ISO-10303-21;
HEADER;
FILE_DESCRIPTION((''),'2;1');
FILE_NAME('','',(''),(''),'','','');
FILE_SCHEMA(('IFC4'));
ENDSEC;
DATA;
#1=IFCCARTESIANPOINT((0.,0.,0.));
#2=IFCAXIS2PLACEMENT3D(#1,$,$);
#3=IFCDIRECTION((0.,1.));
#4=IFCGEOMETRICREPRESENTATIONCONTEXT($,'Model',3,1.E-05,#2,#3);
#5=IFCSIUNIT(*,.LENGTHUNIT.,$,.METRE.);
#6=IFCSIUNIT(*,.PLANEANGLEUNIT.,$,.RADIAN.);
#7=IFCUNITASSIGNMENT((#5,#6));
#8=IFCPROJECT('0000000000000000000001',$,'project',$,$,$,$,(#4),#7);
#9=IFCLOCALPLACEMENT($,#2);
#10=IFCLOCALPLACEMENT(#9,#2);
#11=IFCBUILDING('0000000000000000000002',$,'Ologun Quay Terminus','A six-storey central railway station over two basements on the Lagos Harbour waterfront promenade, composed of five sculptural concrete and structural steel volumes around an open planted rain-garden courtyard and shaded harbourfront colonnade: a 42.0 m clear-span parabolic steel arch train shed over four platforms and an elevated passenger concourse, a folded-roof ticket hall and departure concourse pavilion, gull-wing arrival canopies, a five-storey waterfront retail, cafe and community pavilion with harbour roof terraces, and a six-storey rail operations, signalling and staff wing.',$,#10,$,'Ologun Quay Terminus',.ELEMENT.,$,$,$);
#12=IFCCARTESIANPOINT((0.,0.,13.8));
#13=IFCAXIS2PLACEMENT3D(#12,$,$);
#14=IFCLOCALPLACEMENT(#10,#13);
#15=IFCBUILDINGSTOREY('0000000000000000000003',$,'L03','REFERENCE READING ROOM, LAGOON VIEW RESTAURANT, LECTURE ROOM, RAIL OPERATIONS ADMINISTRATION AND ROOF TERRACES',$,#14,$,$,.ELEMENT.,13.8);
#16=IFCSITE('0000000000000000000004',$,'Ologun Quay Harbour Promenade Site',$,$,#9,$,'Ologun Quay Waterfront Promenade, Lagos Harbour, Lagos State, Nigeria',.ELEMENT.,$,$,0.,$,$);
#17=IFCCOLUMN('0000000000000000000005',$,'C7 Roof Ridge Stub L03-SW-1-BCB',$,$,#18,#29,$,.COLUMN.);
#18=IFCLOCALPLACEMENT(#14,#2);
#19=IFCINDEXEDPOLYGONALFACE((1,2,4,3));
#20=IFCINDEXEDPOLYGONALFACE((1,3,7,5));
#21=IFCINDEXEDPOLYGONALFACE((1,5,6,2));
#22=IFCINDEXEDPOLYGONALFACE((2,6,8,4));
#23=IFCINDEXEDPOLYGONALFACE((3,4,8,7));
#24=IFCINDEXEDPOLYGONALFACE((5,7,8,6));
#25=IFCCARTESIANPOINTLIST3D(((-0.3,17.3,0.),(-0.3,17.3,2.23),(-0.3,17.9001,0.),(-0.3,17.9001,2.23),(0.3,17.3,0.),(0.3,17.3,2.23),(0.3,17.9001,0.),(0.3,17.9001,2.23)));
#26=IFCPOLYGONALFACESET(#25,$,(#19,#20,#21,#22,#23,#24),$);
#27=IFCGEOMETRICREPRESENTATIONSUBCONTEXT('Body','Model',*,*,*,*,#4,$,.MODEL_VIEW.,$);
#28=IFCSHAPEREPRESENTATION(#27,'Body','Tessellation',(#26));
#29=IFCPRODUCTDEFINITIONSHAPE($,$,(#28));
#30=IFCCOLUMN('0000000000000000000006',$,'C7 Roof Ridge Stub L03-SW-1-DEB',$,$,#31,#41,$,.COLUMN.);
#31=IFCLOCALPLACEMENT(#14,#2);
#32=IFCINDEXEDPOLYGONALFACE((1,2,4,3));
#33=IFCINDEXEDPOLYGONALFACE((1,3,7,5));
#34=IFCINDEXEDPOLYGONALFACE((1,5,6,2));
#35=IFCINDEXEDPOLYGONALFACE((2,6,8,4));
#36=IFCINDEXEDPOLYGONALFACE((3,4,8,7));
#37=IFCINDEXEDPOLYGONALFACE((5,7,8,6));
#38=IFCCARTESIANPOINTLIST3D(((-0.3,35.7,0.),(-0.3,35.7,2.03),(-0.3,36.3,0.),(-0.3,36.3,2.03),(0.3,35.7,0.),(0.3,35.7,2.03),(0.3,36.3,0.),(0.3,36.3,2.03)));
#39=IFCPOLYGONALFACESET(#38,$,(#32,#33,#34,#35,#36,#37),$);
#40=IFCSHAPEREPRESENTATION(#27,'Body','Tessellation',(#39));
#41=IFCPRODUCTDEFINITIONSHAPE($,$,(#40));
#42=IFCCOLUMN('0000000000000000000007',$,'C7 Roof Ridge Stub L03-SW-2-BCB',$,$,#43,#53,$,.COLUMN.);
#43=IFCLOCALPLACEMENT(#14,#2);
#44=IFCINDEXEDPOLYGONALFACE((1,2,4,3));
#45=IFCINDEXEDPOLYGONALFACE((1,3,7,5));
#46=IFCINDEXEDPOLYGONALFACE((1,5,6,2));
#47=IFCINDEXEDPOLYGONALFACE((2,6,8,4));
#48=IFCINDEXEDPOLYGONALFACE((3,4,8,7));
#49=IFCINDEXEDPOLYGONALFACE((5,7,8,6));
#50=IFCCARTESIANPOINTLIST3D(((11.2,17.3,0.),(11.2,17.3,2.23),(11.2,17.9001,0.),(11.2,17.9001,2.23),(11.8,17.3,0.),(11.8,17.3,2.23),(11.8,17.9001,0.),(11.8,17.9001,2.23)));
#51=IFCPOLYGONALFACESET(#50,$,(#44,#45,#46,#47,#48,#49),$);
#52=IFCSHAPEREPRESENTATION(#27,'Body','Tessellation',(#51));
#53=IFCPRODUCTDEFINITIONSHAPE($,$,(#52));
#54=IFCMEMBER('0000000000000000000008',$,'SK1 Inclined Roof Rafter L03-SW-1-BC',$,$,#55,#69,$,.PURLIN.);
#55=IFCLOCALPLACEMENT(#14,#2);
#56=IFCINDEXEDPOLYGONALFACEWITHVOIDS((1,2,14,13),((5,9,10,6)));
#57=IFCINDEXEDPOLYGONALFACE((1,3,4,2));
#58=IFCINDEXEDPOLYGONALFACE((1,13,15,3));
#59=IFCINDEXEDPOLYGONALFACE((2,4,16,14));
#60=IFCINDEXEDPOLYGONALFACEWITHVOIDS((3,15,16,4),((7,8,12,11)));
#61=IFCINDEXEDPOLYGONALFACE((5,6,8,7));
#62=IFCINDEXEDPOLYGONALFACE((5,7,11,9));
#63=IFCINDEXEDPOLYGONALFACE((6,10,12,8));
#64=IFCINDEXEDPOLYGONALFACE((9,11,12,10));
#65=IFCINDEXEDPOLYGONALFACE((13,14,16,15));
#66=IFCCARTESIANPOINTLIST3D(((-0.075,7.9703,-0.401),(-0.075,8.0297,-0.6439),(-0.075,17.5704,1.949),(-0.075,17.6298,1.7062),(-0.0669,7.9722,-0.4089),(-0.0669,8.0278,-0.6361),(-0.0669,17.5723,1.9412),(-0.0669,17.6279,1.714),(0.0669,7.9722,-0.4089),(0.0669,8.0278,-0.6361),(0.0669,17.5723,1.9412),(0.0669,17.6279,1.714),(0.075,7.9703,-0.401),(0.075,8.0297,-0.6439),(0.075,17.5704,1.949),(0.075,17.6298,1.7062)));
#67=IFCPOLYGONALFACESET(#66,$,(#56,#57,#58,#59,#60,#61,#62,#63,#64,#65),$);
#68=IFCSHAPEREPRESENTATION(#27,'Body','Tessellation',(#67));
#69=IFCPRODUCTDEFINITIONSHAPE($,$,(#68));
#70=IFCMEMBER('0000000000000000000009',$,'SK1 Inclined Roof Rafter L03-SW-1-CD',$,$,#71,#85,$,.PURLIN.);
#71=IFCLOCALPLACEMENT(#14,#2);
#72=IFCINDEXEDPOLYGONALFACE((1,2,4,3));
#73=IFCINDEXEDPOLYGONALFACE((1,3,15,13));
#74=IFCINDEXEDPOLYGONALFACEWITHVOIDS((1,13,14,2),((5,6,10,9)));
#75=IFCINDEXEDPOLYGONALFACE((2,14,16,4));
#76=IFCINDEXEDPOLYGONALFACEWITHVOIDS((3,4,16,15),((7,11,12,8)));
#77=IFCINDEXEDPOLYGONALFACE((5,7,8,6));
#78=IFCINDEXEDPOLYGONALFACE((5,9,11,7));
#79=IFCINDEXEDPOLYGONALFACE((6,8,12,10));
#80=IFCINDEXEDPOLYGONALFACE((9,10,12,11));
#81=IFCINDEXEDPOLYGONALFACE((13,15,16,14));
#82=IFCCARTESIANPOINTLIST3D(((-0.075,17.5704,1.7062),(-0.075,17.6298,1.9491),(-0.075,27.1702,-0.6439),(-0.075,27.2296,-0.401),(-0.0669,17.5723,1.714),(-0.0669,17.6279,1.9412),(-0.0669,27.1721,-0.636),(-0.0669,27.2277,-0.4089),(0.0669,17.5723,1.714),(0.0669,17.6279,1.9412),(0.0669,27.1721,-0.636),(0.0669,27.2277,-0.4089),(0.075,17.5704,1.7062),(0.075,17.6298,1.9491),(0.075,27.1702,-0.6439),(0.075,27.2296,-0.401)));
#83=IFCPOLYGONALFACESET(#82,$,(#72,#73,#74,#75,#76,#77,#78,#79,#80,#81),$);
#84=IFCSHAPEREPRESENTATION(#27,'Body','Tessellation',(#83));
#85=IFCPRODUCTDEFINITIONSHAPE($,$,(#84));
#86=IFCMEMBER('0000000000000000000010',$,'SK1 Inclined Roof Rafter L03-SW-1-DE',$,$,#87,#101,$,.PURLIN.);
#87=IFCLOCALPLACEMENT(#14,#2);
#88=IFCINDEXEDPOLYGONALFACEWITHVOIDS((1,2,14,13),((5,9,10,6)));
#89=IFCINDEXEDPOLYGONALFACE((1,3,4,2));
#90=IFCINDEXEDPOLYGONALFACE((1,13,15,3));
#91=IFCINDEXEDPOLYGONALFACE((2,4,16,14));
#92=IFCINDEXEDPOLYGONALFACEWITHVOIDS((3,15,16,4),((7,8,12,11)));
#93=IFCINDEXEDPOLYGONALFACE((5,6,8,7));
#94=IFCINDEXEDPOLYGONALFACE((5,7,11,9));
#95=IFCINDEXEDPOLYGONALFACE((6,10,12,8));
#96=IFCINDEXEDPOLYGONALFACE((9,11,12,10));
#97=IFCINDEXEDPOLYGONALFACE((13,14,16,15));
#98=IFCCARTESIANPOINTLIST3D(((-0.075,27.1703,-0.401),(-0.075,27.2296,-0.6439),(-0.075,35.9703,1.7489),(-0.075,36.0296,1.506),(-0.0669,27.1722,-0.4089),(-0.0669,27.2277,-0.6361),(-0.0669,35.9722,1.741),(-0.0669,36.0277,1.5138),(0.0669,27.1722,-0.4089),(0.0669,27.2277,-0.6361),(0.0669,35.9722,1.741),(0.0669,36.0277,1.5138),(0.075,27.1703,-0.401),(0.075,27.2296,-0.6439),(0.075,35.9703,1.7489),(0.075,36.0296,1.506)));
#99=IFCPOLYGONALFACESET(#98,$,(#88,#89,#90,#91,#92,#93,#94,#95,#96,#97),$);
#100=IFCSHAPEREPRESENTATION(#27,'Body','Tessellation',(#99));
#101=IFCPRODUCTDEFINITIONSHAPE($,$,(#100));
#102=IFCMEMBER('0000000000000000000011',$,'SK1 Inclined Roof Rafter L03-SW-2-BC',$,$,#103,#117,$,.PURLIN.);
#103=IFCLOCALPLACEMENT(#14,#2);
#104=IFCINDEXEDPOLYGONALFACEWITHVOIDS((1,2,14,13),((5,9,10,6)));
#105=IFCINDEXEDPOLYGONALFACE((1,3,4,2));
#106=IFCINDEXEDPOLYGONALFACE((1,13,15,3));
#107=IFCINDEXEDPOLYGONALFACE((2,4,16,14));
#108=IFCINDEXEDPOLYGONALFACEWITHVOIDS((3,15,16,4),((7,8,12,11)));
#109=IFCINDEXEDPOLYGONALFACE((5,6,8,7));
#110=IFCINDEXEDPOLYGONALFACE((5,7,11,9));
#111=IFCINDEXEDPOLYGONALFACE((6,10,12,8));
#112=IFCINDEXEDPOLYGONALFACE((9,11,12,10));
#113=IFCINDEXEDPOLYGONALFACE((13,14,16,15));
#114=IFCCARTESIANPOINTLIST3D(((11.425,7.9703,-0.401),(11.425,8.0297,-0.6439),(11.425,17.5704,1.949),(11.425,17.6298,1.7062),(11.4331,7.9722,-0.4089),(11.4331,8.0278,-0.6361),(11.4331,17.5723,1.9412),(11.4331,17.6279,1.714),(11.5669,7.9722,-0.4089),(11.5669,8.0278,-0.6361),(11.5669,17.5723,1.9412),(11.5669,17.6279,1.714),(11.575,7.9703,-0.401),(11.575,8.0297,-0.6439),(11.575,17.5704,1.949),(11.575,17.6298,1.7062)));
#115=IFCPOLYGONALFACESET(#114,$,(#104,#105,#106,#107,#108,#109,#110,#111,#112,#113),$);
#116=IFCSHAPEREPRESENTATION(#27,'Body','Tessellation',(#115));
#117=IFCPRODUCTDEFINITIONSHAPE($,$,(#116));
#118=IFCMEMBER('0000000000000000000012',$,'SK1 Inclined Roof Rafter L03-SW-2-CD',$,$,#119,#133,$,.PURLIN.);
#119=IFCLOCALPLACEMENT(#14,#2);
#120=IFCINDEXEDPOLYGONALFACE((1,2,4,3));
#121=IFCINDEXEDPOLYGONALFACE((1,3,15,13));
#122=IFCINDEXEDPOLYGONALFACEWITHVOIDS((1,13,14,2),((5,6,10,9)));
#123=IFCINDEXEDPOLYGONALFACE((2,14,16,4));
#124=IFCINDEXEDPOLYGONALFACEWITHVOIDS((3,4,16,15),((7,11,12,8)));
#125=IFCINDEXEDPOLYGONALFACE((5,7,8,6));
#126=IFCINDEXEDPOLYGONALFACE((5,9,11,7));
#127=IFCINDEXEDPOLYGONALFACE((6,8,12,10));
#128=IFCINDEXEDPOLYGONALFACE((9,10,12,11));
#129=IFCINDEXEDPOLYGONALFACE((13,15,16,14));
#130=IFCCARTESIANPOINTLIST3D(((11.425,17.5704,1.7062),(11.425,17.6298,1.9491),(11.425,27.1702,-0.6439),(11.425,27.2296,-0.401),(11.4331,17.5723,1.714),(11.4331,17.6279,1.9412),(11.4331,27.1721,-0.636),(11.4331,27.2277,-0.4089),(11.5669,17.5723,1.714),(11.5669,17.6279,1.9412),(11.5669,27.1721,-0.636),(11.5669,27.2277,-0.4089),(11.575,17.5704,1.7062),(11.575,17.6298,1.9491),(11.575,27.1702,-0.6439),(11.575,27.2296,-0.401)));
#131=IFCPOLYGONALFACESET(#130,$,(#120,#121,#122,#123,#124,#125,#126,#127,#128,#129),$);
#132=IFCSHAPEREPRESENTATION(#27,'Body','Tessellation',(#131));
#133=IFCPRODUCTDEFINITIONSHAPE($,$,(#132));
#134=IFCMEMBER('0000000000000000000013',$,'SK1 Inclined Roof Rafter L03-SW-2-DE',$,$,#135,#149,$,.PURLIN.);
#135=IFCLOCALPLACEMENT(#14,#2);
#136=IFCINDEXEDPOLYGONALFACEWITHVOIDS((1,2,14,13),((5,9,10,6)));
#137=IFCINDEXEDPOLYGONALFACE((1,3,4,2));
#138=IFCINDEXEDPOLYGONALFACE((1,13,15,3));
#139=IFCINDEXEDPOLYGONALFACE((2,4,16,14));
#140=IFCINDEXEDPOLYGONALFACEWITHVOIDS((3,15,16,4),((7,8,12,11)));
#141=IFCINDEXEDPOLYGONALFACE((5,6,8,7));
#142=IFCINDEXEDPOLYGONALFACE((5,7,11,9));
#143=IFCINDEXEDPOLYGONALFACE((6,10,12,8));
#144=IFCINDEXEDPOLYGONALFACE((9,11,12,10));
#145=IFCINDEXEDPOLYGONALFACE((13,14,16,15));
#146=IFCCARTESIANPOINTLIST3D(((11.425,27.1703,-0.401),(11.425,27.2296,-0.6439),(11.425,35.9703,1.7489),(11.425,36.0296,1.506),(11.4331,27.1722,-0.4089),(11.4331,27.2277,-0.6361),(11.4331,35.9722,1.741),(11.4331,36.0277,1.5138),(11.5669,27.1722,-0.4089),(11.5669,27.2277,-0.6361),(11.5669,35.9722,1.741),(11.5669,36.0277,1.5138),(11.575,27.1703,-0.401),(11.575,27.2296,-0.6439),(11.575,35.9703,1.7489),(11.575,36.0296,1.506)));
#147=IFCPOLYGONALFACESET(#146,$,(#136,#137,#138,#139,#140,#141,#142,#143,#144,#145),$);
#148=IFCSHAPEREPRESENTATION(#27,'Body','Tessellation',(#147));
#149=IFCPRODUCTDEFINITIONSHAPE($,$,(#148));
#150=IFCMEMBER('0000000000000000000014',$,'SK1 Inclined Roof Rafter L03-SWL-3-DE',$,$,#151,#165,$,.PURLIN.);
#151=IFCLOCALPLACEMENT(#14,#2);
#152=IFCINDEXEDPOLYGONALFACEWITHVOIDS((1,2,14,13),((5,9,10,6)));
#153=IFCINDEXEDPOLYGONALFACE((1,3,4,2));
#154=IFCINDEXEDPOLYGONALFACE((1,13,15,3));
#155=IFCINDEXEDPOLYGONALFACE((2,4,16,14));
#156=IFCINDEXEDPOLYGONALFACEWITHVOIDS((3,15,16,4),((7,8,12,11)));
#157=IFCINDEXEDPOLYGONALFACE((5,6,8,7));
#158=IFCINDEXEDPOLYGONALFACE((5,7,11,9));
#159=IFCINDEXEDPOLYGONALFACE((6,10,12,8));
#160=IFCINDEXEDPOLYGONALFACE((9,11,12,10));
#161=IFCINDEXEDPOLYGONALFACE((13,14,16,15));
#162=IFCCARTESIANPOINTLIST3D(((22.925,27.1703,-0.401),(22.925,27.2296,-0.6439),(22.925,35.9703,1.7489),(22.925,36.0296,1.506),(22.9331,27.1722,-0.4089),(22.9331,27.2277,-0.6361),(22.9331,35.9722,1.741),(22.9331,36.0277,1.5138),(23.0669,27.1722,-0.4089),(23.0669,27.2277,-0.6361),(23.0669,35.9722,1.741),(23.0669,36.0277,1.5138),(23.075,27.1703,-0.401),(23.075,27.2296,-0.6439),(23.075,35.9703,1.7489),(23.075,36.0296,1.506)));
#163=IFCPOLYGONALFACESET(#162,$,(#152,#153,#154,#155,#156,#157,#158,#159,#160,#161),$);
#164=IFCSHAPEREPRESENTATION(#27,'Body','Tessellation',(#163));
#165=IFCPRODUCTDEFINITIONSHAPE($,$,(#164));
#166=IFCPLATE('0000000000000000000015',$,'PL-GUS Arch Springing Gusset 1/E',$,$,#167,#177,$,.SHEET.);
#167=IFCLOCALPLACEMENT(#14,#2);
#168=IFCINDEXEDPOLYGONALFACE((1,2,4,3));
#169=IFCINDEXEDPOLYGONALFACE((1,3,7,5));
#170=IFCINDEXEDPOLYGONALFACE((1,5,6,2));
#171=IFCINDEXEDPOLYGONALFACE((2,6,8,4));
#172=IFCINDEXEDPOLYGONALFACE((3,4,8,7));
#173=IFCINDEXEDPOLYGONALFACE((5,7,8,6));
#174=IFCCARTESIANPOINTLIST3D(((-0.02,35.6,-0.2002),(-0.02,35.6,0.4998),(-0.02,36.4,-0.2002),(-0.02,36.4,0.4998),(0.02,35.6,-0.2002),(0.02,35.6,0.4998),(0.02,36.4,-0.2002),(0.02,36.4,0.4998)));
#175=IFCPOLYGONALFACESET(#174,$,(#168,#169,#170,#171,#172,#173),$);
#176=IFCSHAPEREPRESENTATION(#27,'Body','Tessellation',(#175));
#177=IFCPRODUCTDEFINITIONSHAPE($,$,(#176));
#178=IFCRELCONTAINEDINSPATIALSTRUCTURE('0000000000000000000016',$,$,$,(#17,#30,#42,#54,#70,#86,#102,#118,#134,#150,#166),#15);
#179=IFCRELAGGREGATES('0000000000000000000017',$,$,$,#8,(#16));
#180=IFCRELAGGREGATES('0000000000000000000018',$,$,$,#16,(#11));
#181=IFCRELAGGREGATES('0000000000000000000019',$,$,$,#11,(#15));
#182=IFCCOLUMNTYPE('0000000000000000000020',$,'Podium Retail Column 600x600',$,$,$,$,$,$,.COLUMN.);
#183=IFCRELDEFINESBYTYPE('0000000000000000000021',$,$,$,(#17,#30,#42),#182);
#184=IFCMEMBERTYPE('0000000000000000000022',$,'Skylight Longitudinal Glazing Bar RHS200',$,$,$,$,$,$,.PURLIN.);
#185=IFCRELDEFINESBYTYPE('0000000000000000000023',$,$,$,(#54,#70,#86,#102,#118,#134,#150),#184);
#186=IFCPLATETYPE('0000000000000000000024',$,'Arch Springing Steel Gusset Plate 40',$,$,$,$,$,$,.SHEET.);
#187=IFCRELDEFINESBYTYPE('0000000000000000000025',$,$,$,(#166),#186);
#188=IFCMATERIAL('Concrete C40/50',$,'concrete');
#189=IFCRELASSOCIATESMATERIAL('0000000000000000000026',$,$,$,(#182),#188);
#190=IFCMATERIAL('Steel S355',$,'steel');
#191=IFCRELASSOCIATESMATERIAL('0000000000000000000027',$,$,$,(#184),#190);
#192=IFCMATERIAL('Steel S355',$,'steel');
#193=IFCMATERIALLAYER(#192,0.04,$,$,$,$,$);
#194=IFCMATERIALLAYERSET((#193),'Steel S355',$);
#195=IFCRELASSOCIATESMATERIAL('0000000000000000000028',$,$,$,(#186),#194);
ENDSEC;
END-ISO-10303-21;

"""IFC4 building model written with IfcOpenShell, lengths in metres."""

from ifc_helpers import new_model, si_unit, direction, frame, origin, origin_2d, place, context, subcontext, project, spatial, rectangle, hollow_rectangle, extrude, material, layer, layer_set, material_profile, profile_set, type_object, element, save


model = new_model("IFC4")

# Units and contexts
model_context = context("Model", 3, precision=1e-05, world=origin(), true_north=direction((0.0, 1.0)))
body_context = subcontext(model_context, "Body", "Model", "MODEL_VIEW")
ifc_project = project(units=[si_unit("LENGTHUNIT", "METRE"), si_unit("PLANEANGLEUNIT", "RADIAN")], contexts=[model_context])

# Site, building, storey
site_placement = place(None, origin())
site = spatial("IfcSite", under=ifc_project, at=site_placement, Name="Ologun Quay Harbour Promenade Site", LongName="Ologun Quay Waterfront Promenade, Lagos Harbour, Lagos State, Nigeria", CompositionType="ELEMENT", RefElevation=0.0)
building_placement = place(site_placement, origin())
building = spatial("IfcBuilding", under=site, at=building_placement, Name="Ologun Quay Terminus", Description="A six-storey central railway station over two basements on the Lagos Harbour waterfront promenade, composed of five sculptural concrete and structural steel volumes around an open planted rain-garden courtyard and shaded harbourfront colonnade: a 42.0 m clear-span parabolic steel arch train shed over four platforms and an elevated passenger concourse, a folded-roof ticket hall and departure concourse pavilion, gull-wing arrival canopies, a five-storey waterfront retail, cafe and community pavilion with harbour roof terraces, and a six-storey rail operations, signalling and staff wing.", LongName="Ologun Quay Terminus", CompositionType="ELEMENT")
storey_placement = place(building_placement, frame((0.0, 0.0, 13.8)))
storey = spatial("IfcBuildingStorey", under=building, at=storey_placement, Name="L03", Description="REFERENCE READING ROOM, LAGOON VIEW RESTAURANT, LECTURE ROOM, RAIL OPERATIONS ADMINISTRATION AND ROOF TERRACES", CompositionType="ELEMENT", Elevation=13.8)

# Columns
ifc_material_1 = material(Name="Concrete C40/50", Category="concrete")
ifc_material_profile_1 = material_profile(ifc_material_1, rectangle(XDim=0.6001, YDim=0.6001, at=origin_2d()), Name="RC 600x600")
ifc_profile_set_1 = profile_set([ifc_material_profile_1], Name="Concrete C40/50")
column_type = type_object("IfcColumnType", Name="Podium Retail Column 600x600", PredefinedType="COLUMN", material=ifc_profile_set_1)
column_1_placement = place(storey_placement, frame((0.0, 17.6001, 0.0), z_axis=(0.0, 0.0, 1.0), x_axis=(1.0, 0.0, 0.0)))
element("IfcColumn", 1, at=column_1_placement, inside=storey, type_object=column_type, Name="C7 Roof Ridge Stub L03-SW-1-BCB", PredefinedType="COLUMN", context=body_context, shape_type="SweptSolid", body=[
    extrude(rectangle(XDim=0.6001, YDim=0.6001, at=origin_2d()), origin(), (0.0, 0.0, 1.0), 2.23),
])
column_2_placement = place(storey_placement, frame((0.0, 36.0, 0.0), z_axis=(0.0, 0.0, 1.0), x_axis=(1.0, 0.0, 0.0)))
element("IfcColumn", 2, at=column_2_placement, inside=storey, type_object=column_type, Name="C7 Roof Ridge Stub L03-SW-1-DEB", PredefinedType="COLUMN", context=body_context, shape_type="SweptSolid", body=[
    extrude(rectangle(XDim=0.6001, YDim=0.6001, at=origin_2d()), origin(), (0.0, 0.0, 1.0), 2.03),
])
column_3_placement = place(storey_placement, frame((11.5, 17.6001, 0.0), z_axis=(0.0, 0.0, 1.0), x_axis=(1.0, 0.0, 0.0)))
element("IfcColumn", 3, at=column_3_placement, inside=storey, type_object=column_type, Name="C7 Roof Ridge Stub L03-SW-2-BCB", PredefinedType="COLUMN", context=body_context, shape_type="SweptSolid", body=[
    extrude(rectangle(XDim=0.6001, YDim=0.6001, at=origin_2d()), origin(), (0.0, 0.0, 1.0), 2.23),
])

# Members
ifc_material_2 = material(Name="Steel S355", Category="steel")
ifc_material_profile_2 = material_profile(ifc_material_2, hollow_rectangle(XDim=0.1499, YDim=0.25, WallThickness=0.0081, at=origin_2d()), Name="RHS 250x150x8")
ifc_profile_set_2 = profile_set([ifc_material_profile_2], Name="Steel S355")
member_type = type_object("IfcMemberType", Name="Skylight Longitudinal Glazing Bar RHS200", PredefinedType="PURLIN", material=ifc_profile_set_2)
member_1_placement = place(storey_placement, frame((0.0, 8.0, -0.5225), z_axis=(0.0, 0.971319, 0.237778), x_axis=(-1.0, 0.0, 0.0)))
element("IfcMember", 4, at=member_1_placement, inside=storey, type_object=member_type, Name="SK1 Inclined Roof Rafter L03-SW-1-BC", PredefinedType="PURLIN", context=body_context, shape_type="SweptSolid", body=[
    extrude(hollow_rectangle(XDim=0.1499, YDim=0.25, WallThickness=0.0081, at=origin_2d()), origin(), (0.0, 0.0, 1.0), 9.8835),
])
member_2_placement = place(storey_placement, frame((0.0, 17.6001, 1.8276), z_axis=(0.0, 0.971318, -0.237784), x_axis=(-1.0, 0.0, 0.0)))
element("IfcMember", 5, at=member_2_placement, inside=storey, type_object=member_type, Name="SK1 Inclined Roof Rafter L03-SW-1-CD", PredefinedType="PURLIN", context=body_context, shape_type="SweptSolid", body=[
    extrude(hollow_rectangle(XDim=0.1499, YDim=0.25, WallThickness=0.0081, at=origin_2d()), origin(), (0.0, 0.0, 1.0), 9.8833),
])
member_3_placement = place(storey_placement, frame((0.0, 27.2, -0.5225), z_axis=(0.0, 0.97143, 0.237326), x_axis=(-1.0, 0.0, 0.0)))
element("IfcMember", 6, at=member_3_placement, inside=storey, type_object=member_type, Name="SK1 Inclined Roof Rafter L03-SW-1-DE", PredefinedType="PURLIN", context=body_context, shape_type="SweptSolid", body=[
    extrude(hollow_rectangle(XDim=0.1499, YDim=0.25, WallThickness=0.0081, at=origin_2d()), origin(), (0.0, 0.0, 1.0), 9.0588),
])
member_4_placement = place(storey_placement, frame((11.5, 8.0, -0.5225), z_axis=(0.0, 0.971319, 0.237778), x_axis=(-1.0, 0.0, 0.0)))
element("IfcMember", 7, at=member_4_placement, inside=storey, type_object=member_type, Name="SK1 Inclined Roof Rafter L03-SW-2-BC", PredefinedType="PURLIN", context=body_context, shape_type="SweptSolid", body=[
    extrude(hollow_rectangle(XDim=0.1499, YDim=0.25, WallThickness=0.0081, at=origin_2d()), origin(), (0.0, 0.0, 1.0), 9.8835),
])
member_5_placement = place(storey_placement, frame((11.5, 17.6001, 1.8276), z_axis=(0.0, 0.971318, -0.237784), x_axis=(-1.0, 0.0, 0.0)))
element("IfcMember", 8, at=member_5_placement, inside=storey, type_object=member_type, Name="SK1 Inclined Roof Rafter L03-SW-2-CD", PredefinedType="PURLIN", context=body_context, shape_type="SweptSolid", body=[
    extrude(hollow_rectangle(XDim=0.1499, YDim=0.25, WallThickness=0.0081, at=origin_2d()), origin(), (0.0, 0.0, 1.0), 9.8833),
])
for number, where, z_axis, x_axis, name in (
    (9, (11.5, 27.2, -0.5225), (0.0, 0.97143, 0.237326), (-1.0, 0.0, 0.0), "SK1 Inclined Roof Rafter L03-SW-2-DE"),
    (10, (23.0, 27.2, -0.5225), (0.0, 0.97143, 0.237326), (-1.0, 0.0, 0.0), "SK1 Inclined Roof Rafter L03-SWL-3-DE"),
):
    element("IfcMember", number, at=place(storey_placement, frame(where, z_axis=z_axis, x_axis=x_axis)), inside=storey, type_object=member_type, Name=name, PredefinedType="PURLIN", context=body_context, shape_type="SweptSolid", body=[
        extrude(hollow_rectangle(XDim=0.1499, YDim=0.25, WallThickness=0.0081, at=origin_2d()), origin(), (0.0, 0.0, 1.0), 9.0588),
    ])

# Plate
ifc_material_3 = material(Name="Steel S355", Category="steel")
ifc_layer_1 = layer(ifc_material_3, 0.04)
ifc_layer_set_1 = layer_set([ifc_layer_1], Name="Steel S355")
plate_type = type_object("IfcPlateType", Name="Arch Springing Steel Gusset Plate 40", PredefinedType="SHEET", material=ifc_layer_set_1)
plate_placement = place(storey_placement, frame((0.0, 36.0, -0.2002), z_axis=(0.0, 0.0, 1.0), x_axis=(0.0, 1.0, 0.0)))
element("IfcPlate", 11, at=plate_placement, inside=storey, type_object=plate_type, Name="PL-GUS Arch Springing Gusset 1/E", PredefinedType="SHEET", context=body_context, shape_type="SweptSolid", body=[
    extrude(rectangle(XDim=0.8, YDim=0.04, at=origin_2d()), origin(), (0.0, 0.0, 1.0), 0.7),
])

save(model, "model.ifc")
